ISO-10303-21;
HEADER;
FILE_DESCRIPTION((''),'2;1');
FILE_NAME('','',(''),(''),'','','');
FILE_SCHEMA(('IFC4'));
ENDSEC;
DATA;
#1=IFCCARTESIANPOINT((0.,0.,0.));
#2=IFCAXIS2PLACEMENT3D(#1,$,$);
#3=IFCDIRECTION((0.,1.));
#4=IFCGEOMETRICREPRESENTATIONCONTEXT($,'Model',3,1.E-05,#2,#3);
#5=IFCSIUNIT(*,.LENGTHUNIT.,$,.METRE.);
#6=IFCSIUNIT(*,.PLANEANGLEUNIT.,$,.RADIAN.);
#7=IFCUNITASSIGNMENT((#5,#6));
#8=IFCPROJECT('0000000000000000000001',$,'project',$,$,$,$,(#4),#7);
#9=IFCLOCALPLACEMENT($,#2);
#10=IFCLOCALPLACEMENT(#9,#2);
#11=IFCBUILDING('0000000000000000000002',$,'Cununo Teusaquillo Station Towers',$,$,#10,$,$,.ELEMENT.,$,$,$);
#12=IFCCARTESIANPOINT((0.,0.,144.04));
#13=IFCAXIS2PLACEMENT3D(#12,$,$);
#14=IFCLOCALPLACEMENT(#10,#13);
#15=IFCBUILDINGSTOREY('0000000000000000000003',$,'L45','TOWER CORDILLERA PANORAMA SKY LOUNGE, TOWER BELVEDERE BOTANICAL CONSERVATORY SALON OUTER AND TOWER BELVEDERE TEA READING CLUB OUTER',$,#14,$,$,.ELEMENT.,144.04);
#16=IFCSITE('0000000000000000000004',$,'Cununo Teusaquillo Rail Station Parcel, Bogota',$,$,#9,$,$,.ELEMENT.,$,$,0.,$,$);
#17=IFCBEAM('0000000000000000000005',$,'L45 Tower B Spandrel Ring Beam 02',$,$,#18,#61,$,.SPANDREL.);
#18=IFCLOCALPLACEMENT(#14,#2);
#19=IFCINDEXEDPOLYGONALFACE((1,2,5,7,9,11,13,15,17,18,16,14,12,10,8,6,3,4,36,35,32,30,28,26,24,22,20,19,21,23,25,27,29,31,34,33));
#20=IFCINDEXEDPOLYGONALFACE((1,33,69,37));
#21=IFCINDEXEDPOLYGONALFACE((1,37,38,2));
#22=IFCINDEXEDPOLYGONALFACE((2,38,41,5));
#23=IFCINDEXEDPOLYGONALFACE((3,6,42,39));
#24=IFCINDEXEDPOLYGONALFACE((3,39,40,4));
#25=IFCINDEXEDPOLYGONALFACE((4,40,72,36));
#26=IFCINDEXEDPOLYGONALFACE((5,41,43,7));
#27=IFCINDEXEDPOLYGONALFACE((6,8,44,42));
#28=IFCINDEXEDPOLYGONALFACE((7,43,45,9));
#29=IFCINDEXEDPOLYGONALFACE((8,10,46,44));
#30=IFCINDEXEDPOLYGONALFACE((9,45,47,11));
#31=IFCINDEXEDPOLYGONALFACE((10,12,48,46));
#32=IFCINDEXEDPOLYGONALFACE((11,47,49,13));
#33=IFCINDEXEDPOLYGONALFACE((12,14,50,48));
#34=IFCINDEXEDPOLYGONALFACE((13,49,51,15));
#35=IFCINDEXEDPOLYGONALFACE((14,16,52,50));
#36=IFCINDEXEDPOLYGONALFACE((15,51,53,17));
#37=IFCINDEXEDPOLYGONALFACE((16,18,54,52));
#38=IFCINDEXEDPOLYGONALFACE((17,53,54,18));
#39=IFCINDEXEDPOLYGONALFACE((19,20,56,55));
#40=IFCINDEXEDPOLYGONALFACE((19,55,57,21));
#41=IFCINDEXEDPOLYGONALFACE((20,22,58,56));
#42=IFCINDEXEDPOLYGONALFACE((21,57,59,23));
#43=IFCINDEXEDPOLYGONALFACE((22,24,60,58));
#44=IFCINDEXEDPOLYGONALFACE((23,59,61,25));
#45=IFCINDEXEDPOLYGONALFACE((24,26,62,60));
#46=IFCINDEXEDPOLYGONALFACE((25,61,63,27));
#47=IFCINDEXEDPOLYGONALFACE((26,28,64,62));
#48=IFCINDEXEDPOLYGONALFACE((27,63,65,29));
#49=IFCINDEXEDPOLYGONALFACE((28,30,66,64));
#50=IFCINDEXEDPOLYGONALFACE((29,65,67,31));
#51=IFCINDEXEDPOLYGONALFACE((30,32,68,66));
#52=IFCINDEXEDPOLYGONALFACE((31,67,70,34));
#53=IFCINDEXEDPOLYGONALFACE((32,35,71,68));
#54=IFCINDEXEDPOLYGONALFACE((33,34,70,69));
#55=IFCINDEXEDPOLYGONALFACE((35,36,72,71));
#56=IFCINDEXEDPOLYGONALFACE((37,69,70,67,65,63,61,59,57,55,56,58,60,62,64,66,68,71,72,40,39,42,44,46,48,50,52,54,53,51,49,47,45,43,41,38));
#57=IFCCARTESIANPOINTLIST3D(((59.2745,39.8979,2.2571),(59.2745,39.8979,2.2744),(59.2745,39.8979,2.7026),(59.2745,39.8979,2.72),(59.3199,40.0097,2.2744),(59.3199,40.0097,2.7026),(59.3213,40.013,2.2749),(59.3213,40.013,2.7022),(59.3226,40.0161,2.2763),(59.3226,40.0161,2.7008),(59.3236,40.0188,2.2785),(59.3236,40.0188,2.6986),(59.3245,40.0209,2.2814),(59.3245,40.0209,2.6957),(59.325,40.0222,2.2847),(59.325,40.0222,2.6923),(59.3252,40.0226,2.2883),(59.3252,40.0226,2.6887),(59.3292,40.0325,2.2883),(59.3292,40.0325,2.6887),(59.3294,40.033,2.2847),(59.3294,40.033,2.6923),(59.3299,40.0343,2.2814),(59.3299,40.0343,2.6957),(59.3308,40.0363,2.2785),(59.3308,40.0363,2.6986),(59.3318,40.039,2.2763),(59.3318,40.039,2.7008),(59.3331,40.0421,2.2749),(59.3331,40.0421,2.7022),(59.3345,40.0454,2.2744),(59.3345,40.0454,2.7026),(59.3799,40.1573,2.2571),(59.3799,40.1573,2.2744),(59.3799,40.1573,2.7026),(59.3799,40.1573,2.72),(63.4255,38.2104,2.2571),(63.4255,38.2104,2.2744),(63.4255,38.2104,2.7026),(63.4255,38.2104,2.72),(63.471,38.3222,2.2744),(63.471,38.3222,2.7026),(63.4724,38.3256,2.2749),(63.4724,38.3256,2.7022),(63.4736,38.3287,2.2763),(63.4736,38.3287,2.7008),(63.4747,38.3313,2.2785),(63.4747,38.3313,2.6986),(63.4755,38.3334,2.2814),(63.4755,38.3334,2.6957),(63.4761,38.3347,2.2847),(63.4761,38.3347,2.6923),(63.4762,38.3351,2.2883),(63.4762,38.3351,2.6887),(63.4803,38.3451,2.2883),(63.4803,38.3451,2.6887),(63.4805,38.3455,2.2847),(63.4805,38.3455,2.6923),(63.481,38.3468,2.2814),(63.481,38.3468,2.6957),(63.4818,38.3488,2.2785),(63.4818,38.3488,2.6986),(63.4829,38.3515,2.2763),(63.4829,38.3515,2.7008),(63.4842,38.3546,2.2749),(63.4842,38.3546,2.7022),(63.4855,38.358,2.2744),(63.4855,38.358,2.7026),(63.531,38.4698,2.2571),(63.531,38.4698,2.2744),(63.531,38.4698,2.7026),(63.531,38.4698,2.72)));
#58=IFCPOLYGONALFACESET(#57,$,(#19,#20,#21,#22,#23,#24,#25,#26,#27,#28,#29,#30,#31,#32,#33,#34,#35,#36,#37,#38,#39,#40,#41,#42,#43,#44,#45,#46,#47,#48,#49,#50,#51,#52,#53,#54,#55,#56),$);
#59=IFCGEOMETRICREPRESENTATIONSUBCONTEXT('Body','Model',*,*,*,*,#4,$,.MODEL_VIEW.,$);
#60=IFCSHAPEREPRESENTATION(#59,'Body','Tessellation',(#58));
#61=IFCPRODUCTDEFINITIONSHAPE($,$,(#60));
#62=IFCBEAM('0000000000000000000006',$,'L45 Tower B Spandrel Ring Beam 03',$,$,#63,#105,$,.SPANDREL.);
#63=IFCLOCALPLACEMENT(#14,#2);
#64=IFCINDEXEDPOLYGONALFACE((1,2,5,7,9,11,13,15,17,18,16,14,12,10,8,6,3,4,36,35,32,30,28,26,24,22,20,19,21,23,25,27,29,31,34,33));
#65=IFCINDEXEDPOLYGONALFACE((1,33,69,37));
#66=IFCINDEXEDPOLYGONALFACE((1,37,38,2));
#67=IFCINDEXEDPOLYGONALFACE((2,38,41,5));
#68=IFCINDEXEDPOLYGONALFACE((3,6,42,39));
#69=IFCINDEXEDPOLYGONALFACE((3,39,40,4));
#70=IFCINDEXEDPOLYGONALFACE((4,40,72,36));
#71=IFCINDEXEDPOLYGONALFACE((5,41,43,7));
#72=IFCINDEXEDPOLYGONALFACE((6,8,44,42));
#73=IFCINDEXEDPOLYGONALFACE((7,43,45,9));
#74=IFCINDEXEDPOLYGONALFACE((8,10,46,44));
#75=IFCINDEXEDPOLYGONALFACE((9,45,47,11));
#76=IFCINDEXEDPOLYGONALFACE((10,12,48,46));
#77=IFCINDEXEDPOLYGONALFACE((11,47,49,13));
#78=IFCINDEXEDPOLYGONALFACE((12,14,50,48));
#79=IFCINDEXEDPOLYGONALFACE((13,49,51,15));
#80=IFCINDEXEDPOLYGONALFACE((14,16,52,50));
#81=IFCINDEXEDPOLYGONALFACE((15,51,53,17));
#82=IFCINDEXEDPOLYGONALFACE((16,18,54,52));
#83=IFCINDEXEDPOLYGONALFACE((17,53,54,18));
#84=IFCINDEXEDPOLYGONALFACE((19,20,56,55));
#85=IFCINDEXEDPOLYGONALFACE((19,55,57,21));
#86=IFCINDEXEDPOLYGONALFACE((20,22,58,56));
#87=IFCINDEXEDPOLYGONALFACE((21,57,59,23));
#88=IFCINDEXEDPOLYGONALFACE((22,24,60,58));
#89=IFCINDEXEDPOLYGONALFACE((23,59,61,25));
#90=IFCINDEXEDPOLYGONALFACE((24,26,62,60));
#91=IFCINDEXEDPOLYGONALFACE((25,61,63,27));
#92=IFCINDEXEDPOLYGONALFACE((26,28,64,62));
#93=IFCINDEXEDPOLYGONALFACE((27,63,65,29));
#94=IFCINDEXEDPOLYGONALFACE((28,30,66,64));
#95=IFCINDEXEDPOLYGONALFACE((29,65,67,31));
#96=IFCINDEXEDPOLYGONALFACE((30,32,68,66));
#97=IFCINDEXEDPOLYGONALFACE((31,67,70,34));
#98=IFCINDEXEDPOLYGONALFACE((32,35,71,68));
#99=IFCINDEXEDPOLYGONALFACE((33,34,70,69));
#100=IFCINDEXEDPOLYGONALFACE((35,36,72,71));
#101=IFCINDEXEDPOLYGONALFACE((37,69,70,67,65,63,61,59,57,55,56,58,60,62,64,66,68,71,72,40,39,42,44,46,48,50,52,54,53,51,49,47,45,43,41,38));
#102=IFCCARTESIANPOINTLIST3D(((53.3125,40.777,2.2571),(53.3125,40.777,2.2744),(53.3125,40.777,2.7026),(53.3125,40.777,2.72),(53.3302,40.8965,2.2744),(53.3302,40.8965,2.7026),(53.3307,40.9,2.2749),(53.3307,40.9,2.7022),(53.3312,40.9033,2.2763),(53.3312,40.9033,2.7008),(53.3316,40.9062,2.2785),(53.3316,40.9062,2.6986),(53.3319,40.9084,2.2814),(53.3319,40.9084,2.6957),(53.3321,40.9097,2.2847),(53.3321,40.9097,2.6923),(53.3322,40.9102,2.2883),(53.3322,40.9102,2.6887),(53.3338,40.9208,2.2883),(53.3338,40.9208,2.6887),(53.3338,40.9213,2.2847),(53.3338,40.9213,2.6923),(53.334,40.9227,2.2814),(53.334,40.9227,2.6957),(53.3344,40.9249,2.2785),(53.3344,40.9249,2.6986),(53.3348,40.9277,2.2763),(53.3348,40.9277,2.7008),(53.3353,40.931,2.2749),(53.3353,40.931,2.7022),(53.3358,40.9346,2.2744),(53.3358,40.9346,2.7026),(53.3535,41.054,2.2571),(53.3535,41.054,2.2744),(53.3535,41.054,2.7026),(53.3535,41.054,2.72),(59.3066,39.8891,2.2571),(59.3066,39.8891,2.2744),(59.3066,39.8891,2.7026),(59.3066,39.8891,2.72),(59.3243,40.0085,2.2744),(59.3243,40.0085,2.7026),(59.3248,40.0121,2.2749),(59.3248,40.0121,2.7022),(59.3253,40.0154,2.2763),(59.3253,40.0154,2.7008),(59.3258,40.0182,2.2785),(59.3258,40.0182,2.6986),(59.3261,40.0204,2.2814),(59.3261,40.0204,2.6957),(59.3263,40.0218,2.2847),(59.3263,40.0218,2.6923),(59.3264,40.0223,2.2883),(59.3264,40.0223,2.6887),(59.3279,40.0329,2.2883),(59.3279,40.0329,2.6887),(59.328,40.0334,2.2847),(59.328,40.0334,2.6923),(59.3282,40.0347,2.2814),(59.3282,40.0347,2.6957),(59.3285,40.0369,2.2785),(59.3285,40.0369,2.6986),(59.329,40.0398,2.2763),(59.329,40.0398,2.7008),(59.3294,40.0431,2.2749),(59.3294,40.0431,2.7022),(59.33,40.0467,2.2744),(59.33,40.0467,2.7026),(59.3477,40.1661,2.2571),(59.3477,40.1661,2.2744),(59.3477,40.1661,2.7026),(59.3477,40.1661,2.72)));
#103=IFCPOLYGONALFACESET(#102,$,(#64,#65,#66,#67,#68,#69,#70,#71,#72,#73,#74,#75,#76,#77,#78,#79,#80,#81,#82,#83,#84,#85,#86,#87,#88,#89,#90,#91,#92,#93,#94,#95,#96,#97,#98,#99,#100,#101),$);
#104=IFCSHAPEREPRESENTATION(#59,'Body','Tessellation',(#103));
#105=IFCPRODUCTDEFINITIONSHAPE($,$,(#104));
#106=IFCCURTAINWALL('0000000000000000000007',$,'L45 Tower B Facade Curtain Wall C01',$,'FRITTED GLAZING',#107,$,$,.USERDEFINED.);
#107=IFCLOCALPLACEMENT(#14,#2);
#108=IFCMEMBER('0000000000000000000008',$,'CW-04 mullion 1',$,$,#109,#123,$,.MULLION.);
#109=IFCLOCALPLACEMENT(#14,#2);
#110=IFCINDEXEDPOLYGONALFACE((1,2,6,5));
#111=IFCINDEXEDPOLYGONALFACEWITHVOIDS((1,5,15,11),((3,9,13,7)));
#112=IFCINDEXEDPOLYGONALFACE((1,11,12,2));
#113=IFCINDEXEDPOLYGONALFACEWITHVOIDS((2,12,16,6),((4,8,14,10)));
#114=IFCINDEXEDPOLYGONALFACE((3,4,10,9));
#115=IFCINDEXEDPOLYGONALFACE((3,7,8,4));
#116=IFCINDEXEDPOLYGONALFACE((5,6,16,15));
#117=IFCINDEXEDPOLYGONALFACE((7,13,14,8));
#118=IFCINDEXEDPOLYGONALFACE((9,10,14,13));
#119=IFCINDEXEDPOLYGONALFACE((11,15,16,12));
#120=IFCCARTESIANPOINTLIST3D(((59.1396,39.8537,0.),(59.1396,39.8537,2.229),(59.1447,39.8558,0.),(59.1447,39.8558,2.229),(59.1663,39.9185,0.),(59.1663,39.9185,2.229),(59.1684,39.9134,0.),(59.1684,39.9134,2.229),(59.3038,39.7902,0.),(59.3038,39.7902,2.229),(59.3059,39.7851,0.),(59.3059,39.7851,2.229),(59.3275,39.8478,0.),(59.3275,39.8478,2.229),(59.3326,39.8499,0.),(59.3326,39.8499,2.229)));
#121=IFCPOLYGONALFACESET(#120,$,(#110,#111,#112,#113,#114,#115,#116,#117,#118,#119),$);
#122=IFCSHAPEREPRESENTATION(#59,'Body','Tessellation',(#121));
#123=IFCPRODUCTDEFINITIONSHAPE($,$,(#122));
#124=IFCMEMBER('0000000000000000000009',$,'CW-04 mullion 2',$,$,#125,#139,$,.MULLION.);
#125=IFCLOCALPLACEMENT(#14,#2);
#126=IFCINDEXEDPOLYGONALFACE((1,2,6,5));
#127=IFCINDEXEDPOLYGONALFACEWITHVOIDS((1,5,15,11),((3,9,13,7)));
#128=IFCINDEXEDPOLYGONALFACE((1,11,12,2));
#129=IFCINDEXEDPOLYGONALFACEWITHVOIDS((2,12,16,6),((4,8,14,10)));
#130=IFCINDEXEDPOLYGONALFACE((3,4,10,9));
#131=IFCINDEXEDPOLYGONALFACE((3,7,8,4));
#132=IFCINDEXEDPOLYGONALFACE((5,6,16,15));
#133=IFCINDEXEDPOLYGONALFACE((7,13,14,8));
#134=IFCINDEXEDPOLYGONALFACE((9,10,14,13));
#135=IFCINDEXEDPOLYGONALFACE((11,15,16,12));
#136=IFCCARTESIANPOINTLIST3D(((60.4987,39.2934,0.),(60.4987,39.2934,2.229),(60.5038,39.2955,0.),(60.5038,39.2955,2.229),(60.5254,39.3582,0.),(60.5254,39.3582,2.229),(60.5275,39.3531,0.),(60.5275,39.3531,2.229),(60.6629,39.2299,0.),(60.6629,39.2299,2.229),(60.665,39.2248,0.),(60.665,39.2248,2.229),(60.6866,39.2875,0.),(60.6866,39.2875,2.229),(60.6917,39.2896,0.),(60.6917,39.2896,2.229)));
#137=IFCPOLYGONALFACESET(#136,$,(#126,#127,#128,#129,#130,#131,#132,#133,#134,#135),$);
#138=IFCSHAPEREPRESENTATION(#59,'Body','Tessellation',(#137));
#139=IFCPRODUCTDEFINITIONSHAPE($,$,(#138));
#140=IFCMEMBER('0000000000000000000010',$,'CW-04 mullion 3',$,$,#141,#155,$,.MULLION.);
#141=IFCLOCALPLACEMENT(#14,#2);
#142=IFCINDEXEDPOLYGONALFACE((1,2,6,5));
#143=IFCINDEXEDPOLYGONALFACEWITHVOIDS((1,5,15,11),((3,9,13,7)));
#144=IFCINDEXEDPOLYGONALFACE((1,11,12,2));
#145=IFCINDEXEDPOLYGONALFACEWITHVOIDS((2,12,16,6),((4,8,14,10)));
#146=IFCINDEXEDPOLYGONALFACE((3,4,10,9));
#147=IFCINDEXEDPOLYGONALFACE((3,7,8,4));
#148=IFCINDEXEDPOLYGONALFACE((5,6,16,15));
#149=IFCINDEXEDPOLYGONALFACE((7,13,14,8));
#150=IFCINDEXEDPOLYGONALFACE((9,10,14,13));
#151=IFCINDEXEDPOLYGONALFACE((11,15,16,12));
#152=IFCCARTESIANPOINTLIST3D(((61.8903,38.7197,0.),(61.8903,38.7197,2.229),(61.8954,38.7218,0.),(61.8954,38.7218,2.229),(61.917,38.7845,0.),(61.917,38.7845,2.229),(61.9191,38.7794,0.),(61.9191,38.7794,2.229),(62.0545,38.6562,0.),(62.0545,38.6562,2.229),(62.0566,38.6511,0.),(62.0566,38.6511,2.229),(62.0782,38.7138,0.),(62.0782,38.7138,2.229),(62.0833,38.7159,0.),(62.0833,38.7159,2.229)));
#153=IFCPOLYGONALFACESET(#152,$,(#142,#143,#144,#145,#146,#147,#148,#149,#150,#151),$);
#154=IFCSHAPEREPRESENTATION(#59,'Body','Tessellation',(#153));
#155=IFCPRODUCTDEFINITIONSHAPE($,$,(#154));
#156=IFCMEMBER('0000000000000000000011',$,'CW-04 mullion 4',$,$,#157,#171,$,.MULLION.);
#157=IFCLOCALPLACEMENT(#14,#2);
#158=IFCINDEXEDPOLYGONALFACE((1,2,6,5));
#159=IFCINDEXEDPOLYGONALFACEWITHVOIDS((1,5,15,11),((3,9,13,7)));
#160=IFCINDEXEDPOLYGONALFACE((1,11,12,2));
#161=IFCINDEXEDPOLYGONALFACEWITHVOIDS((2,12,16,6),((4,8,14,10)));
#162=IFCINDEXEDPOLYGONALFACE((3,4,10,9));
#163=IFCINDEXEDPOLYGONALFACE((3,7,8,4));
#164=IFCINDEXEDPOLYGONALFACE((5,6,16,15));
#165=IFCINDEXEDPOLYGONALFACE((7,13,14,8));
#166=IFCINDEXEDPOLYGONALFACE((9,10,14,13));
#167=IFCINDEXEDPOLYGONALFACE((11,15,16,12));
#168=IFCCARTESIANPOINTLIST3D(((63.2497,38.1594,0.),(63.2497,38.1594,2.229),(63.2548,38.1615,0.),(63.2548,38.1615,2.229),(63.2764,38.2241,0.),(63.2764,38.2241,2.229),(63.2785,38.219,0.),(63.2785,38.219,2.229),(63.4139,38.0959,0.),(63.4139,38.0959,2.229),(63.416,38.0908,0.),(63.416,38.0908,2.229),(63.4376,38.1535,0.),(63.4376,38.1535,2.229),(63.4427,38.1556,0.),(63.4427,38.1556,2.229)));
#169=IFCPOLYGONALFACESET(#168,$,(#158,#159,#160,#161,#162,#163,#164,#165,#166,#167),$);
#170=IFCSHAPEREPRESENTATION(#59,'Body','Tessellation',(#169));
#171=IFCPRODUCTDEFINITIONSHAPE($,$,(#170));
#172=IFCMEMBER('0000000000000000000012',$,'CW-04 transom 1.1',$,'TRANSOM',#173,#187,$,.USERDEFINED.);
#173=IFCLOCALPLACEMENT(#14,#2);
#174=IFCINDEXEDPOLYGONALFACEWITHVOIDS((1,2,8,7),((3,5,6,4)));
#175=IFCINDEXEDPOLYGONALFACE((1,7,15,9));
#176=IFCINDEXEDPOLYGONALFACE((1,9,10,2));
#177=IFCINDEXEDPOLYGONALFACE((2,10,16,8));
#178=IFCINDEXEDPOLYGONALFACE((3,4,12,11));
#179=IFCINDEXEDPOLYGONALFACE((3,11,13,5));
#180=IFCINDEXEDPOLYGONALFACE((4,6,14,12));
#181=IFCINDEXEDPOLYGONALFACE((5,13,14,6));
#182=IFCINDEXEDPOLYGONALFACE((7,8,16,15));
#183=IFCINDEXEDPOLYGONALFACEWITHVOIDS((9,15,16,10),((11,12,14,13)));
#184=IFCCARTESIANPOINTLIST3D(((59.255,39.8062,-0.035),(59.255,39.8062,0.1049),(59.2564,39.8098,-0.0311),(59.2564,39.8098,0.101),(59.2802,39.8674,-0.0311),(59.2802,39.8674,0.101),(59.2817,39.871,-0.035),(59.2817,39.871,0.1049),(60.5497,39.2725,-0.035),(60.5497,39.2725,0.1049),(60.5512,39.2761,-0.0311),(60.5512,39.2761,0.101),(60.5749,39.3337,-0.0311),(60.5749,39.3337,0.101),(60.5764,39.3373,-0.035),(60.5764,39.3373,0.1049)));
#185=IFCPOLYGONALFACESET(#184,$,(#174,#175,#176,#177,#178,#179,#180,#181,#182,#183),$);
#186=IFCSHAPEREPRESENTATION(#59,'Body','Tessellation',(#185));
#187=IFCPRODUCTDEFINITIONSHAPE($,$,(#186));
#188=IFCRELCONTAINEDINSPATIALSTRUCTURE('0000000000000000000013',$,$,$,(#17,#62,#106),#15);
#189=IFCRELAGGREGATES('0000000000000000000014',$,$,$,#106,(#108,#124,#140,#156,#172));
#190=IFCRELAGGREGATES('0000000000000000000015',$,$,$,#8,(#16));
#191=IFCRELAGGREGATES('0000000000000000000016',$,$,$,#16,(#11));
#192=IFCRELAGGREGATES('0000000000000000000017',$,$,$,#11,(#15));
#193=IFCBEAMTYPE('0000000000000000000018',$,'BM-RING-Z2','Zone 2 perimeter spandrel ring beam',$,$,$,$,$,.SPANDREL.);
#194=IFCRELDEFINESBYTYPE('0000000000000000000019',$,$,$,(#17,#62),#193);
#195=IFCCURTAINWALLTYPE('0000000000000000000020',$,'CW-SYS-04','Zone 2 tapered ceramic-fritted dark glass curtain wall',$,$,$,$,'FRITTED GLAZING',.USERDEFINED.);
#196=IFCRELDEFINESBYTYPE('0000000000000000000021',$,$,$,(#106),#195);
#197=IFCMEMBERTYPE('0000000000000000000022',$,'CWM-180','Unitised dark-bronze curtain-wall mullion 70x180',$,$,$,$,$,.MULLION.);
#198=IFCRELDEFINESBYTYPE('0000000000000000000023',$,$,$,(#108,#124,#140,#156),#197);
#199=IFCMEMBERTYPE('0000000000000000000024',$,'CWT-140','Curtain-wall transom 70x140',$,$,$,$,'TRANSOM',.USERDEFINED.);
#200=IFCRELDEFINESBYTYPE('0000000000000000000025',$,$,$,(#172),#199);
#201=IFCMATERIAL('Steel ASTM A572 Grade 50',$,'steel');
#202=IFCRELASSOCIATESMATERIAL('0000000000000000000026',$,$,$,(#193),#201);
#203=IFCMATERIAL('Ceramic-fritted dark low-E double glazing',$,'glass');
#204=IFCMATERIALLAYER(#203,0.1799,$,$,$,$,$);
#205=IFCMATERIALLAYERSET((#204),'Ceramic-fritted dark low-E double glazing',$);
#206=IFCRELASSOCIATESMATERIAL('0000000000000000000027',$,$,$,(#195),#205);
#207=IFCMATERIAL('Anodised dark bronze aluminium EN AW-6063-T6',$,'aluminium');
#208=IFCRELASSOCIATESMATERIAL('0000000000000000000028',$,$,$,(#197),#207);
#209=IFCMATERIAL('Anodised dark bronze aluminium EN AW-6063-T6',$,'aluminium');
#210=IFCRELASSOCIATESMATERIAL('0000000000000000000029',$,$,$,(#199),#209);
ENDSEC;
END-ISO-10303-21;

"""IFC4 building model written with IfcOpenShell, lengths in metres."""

from ifc_helpers import new_model, si_unit, direction, frame, origin, origin_2d, place, context, subcontext, project, spatial, hollow_rectangle, i_section, extrude, material, layer, layer_set, material_profile, profile_set, type_object, element, aggregate, save


model = new_model("IFC4")

# Units and contexts
model_context = context("Model", 3, precision=1e-05, world=origin(), true_north=direction((0.0, 1.0)))
body_context = subcontext(model_context, "Body", "Model", "MODEL_VIEW")
ifc_project = project(units=[si_unit("LENGTHUNIT", "METRE"), si_unit("PLANEANGLEUNIT", "RADIAN")], contexts=[model_context])

# Site, building, storey
site_placement = place(None, origin())
site = spatial("IfcSite", under=ifc_project, at=site_placement, Name="Cununo Teusaquillo Rail Station Parcel, Bogota", CompositionType="ELEMENT", RefElevation=0.0)
building_placement = place(site_placement, origin())
building = spatial("IfcBuilding", under=site, at=building_placement, Name="Cununo Teusaquillo Station Towers", CompositionType="ELEMENT")
storey_placement = place(building_placement, frame((0.0, 0.0, 144.04)))
storey = spatial("IfcBuildingStorey", under=building, at=storey_placement, Name="L45", Description="TOWER CORDILLERA PANORAMA SKY LOUNGE, TOWER BELVEDERE BOTANICAL CONSERVATORY SALON OUTER AND TOWER BELVEDERE TEA READING CLUB OUTER", CompositionType="ELEMENT", Elevation=144.04)

# Beams
ifc_material_1 = material(Name="Steel ASTM A572 Grade 50", Category="steel")
ifc_material_profile_1 = material_profile(ifc_material_1, i_section(OverallWidth=0.28, OverallDepth=0.4629, WebThickness=0.0107, FlangeThickness=0.0173, FilletRadius=0.0139, at=origin_2d()), Name="W18X76")
ifc_profile_set_1 = profile_set([ifc_material_profile_1], Name="Steel ASTM A572 Grade 50")
beam_type_1 = type_object("IfcBeamType", Name="BM-RING-Z2", Description="Zone 2 perimeter spandrel ring beam", PredefinedType="SPANDREL", material=ifc_profile_set_1)
beam_1_placement = place(storey_placement, frame((63.4783, 38.3401, 2.4885), z_axis=(-0.92638, 0.376589, 0.0), x_axis=(-0.376589, -0.92638, 0.0)))
element("IfcBeam", 1, at=beam_1_placement, inside=storey, type_object=beam_type_1, Name="L45 Tower B Spandrel Ring Beam 02", PredefinedType="SPANDREL", context=body_context, shape_type="SweptSolid", body=[
    extrude(i_section(OverallWidth=0.28, OverallDepth=0.4629, WebThickness=0.0107, FlangeThickness=0.0173, FilletRadius=0.0139, at=origin_2d()), origin(), (0.0, 0.0, 1.0), 4.481),
])
beam_2_placement = place(storey_placement, frame((59.3271, 40.0276, 2.4885), z_axis=(-0.989205, 0.146536, 0.0), x_axis=(-0.146536, -0.989205, 0.0)))
element("IfcBeam", 2, at=beam_2_placement, inside=storey, type_object=beam_type_1, Name="L45 Tower B Spandrel Ring Beam 03", PredefinedType="SPANDREL", context=body_context, shape_type="SweptSolid", body=[
    extrude(i_section(OverallWidth=0.28, OverallDepth=0.4629, WebThickness=0.0107, FlangeThickness=0.0173, FilletRadius=0.0139, at=origin_2d()), origin(), (0.0, 0.0, 1.0), 6.0596),
])

# Curtain wall, members
ifc_material_2 = material(Name="Ceramic-fritted dark low-E double glazing", Category="glass")
ifc_layer_1 = layer(ifc_material_2, 0.1799)
ifc_layer_set_1 = layer_set([ifc_layer_1], Name="Ceramic-fritted dark low-E double glazing")
curtain_wall_type = type_object("IfcCurtainWallType", Name="CW-SYS-04", Description="Zone 2 tapered ceramic-fritted dark glass curtain wall", ElementType="FRITTED GLAZING", PredefinedType="USERDEFINED", material=ifc_layer_set_1)
curtain_wall_placement = place(storey_placement, origin())
curtain_wall = element("IfcCurtainWall", 3, at=curtain_wall_placement, inside=storey, type_object=curtain_wall_type, Name="L45 Tower B Facade Curtain Wall C01", ObjectType="FRITTED GLAZING", PredefinedType="USERDEFINED")
ifc_material_3 = material(Name="Anodised dark bronze aluminium EN AW-6063-T6", Category="aluminium")
ifc_material_profile_2 = material_profile(ifc_material_3, hollow_rectangle(XDim=0.0701, YDim=0.1799, WallThickness=0.0039, at=origin_2d()), Name="CW-MULL-70x180")
ifc_profile_set_2 = profile_set([ifc_material_profile_2], Name="Anodised dark bronze aluminium EN AW-6063-T6")
member_type_1 = type_object("IfcMemberType", Name="CWM-180", Description="Unitised dark-bronze curtain-wall mullion 70x180", PredefinedType="MULLION", material=ifc_profile_set_2)
member_1_placement = place(storey_placement, frame((59.2361, 39.8518, 0.0), z_axis=(0.0, 0.0, 1.0), x_axis=(0.381122, 0.924525, 0.0)))
member_1 = element("IfcMember", 4, at=member_1_placement, type_object=member_type_1, Name="CW-04 mullion 1", PredefinedType="MULLION", context=body_context, shape_type="SweptSolid", body=[
    extrude(hollow_rectangle(XDim=0.0701, YDim=0.1799, WallThickness=0.0039, at=origin_2d()), origin(), (0.0, 0.0, 1.0), 2.229),
])
member_2_placement = place(storey_placement, frame((60.5952, 39.2915, 0.0), z_axis=(0.0, 0.0, 1.0), x_axis=(0.381122, 0.924525, 0.0)))
member_2 = element("IfcMember", 5, at=member_2_placement, type_object=member_type_1, Name="CW-04 mullion 2", PredefinedType="MULLION", context=body_context, shape_type="SweptSolid", body=[
    extrude(hollow_rectangle(XDim=0.0701, YDim=0.1799, WallThickness=0.0039, at=origin_2d()), origin(), (0.0, 0.0, 1.0), 2.229),
])
member_3_placement = place(storey_placement, frame((61.9868, 38.7178, 0.0), z_axis=(0.0, 0.0, 1.0), x_axis=(0.381122, 0.924525, 0.0)))
member_3 = element("IfcMember", 6, at=member_3_placement, type_object=member_type_1, Name="CW-04 mullion 3", PredefinedType="MULLION", context=body_context, shape_type="SweptSolid", body=[
    extrude(hollow_rectangle(XDim=0.0701, YDim=0.1799, WallThickness=0.0039, at=origin_2d()), origin(), (0.0, 0.0, 1.0), 2.229),
])
member_4_placement = place(storey_placement, frame((63.3462, 38.1575, 0.0), z_axis=(0.0, 0.0, 1.0), x_axis=(0.381122, 0.924525, 0.0)))
member_4 = element("IfcMember", 7, at=member_4_placement, type_object=member_type_1, Name="CW-04 mullion 4", PredefinedType="MULLION", context=body_context, shape_type="SweptSolid", body=[
    extrude(hollow_rectangle(XDim=0.0701, YDim=0.1799, WallThickness=0.0039, at=origin_2d()), origin(), (0.0, 0.0, 1.0), 2.229),
])
ifc_material_4 = material(Name="Anodised dark bronze aluminium EN AW-6063-T6", Category="aluminium")
ifc_material_profile_3 = material_profile(ifc_material_4, hollow_rectangle(XDim=0.0701, YDim=0.1399, WallThickness=0.0039, at=origin_2d()), Name="CW-TRAN-70x140")
ifc_profile_set_3 = profile_set([ifc_material_profile_3], Name="Anodised dark bronze aluminium EN AW-6063-T6")
member_type_2 = type_object("IfcMemberType", Name="CWT-140", Description="Curtain-wall transom 70x140", ElementType="TRANSOM", PredefinedType="USERDEFINED", material=ifc_profile_set_3)
member_5_placement = place(storey_placement, frame((59.2683, 39.8386, 0.0349), z_axis=(0.92453, -0.381109, 0.0), x_axis=(0.381109, 0.92453, 0.0)))
member_5 = element("IfcMember", 8, at=member_5_placement, type_object=member_type_2, Name="CW-04 transom 1.1", ObjectType="TRANSOM", PredefinedType="USERDEFINED", context=body_context, shape_type="SweptSolid", body=[
    extrude(hollow_rectangle(XDim=0.0701, YDim=0.1399, WallThickness=0.0039, at=origin_2d()), origin(), (0.0, 0.0, 1.0), 1.4004),
])
aggregate(curtain_wall, [member_1, member_2, member_3, member_4, member_5])

save(model, "model.ifc")
